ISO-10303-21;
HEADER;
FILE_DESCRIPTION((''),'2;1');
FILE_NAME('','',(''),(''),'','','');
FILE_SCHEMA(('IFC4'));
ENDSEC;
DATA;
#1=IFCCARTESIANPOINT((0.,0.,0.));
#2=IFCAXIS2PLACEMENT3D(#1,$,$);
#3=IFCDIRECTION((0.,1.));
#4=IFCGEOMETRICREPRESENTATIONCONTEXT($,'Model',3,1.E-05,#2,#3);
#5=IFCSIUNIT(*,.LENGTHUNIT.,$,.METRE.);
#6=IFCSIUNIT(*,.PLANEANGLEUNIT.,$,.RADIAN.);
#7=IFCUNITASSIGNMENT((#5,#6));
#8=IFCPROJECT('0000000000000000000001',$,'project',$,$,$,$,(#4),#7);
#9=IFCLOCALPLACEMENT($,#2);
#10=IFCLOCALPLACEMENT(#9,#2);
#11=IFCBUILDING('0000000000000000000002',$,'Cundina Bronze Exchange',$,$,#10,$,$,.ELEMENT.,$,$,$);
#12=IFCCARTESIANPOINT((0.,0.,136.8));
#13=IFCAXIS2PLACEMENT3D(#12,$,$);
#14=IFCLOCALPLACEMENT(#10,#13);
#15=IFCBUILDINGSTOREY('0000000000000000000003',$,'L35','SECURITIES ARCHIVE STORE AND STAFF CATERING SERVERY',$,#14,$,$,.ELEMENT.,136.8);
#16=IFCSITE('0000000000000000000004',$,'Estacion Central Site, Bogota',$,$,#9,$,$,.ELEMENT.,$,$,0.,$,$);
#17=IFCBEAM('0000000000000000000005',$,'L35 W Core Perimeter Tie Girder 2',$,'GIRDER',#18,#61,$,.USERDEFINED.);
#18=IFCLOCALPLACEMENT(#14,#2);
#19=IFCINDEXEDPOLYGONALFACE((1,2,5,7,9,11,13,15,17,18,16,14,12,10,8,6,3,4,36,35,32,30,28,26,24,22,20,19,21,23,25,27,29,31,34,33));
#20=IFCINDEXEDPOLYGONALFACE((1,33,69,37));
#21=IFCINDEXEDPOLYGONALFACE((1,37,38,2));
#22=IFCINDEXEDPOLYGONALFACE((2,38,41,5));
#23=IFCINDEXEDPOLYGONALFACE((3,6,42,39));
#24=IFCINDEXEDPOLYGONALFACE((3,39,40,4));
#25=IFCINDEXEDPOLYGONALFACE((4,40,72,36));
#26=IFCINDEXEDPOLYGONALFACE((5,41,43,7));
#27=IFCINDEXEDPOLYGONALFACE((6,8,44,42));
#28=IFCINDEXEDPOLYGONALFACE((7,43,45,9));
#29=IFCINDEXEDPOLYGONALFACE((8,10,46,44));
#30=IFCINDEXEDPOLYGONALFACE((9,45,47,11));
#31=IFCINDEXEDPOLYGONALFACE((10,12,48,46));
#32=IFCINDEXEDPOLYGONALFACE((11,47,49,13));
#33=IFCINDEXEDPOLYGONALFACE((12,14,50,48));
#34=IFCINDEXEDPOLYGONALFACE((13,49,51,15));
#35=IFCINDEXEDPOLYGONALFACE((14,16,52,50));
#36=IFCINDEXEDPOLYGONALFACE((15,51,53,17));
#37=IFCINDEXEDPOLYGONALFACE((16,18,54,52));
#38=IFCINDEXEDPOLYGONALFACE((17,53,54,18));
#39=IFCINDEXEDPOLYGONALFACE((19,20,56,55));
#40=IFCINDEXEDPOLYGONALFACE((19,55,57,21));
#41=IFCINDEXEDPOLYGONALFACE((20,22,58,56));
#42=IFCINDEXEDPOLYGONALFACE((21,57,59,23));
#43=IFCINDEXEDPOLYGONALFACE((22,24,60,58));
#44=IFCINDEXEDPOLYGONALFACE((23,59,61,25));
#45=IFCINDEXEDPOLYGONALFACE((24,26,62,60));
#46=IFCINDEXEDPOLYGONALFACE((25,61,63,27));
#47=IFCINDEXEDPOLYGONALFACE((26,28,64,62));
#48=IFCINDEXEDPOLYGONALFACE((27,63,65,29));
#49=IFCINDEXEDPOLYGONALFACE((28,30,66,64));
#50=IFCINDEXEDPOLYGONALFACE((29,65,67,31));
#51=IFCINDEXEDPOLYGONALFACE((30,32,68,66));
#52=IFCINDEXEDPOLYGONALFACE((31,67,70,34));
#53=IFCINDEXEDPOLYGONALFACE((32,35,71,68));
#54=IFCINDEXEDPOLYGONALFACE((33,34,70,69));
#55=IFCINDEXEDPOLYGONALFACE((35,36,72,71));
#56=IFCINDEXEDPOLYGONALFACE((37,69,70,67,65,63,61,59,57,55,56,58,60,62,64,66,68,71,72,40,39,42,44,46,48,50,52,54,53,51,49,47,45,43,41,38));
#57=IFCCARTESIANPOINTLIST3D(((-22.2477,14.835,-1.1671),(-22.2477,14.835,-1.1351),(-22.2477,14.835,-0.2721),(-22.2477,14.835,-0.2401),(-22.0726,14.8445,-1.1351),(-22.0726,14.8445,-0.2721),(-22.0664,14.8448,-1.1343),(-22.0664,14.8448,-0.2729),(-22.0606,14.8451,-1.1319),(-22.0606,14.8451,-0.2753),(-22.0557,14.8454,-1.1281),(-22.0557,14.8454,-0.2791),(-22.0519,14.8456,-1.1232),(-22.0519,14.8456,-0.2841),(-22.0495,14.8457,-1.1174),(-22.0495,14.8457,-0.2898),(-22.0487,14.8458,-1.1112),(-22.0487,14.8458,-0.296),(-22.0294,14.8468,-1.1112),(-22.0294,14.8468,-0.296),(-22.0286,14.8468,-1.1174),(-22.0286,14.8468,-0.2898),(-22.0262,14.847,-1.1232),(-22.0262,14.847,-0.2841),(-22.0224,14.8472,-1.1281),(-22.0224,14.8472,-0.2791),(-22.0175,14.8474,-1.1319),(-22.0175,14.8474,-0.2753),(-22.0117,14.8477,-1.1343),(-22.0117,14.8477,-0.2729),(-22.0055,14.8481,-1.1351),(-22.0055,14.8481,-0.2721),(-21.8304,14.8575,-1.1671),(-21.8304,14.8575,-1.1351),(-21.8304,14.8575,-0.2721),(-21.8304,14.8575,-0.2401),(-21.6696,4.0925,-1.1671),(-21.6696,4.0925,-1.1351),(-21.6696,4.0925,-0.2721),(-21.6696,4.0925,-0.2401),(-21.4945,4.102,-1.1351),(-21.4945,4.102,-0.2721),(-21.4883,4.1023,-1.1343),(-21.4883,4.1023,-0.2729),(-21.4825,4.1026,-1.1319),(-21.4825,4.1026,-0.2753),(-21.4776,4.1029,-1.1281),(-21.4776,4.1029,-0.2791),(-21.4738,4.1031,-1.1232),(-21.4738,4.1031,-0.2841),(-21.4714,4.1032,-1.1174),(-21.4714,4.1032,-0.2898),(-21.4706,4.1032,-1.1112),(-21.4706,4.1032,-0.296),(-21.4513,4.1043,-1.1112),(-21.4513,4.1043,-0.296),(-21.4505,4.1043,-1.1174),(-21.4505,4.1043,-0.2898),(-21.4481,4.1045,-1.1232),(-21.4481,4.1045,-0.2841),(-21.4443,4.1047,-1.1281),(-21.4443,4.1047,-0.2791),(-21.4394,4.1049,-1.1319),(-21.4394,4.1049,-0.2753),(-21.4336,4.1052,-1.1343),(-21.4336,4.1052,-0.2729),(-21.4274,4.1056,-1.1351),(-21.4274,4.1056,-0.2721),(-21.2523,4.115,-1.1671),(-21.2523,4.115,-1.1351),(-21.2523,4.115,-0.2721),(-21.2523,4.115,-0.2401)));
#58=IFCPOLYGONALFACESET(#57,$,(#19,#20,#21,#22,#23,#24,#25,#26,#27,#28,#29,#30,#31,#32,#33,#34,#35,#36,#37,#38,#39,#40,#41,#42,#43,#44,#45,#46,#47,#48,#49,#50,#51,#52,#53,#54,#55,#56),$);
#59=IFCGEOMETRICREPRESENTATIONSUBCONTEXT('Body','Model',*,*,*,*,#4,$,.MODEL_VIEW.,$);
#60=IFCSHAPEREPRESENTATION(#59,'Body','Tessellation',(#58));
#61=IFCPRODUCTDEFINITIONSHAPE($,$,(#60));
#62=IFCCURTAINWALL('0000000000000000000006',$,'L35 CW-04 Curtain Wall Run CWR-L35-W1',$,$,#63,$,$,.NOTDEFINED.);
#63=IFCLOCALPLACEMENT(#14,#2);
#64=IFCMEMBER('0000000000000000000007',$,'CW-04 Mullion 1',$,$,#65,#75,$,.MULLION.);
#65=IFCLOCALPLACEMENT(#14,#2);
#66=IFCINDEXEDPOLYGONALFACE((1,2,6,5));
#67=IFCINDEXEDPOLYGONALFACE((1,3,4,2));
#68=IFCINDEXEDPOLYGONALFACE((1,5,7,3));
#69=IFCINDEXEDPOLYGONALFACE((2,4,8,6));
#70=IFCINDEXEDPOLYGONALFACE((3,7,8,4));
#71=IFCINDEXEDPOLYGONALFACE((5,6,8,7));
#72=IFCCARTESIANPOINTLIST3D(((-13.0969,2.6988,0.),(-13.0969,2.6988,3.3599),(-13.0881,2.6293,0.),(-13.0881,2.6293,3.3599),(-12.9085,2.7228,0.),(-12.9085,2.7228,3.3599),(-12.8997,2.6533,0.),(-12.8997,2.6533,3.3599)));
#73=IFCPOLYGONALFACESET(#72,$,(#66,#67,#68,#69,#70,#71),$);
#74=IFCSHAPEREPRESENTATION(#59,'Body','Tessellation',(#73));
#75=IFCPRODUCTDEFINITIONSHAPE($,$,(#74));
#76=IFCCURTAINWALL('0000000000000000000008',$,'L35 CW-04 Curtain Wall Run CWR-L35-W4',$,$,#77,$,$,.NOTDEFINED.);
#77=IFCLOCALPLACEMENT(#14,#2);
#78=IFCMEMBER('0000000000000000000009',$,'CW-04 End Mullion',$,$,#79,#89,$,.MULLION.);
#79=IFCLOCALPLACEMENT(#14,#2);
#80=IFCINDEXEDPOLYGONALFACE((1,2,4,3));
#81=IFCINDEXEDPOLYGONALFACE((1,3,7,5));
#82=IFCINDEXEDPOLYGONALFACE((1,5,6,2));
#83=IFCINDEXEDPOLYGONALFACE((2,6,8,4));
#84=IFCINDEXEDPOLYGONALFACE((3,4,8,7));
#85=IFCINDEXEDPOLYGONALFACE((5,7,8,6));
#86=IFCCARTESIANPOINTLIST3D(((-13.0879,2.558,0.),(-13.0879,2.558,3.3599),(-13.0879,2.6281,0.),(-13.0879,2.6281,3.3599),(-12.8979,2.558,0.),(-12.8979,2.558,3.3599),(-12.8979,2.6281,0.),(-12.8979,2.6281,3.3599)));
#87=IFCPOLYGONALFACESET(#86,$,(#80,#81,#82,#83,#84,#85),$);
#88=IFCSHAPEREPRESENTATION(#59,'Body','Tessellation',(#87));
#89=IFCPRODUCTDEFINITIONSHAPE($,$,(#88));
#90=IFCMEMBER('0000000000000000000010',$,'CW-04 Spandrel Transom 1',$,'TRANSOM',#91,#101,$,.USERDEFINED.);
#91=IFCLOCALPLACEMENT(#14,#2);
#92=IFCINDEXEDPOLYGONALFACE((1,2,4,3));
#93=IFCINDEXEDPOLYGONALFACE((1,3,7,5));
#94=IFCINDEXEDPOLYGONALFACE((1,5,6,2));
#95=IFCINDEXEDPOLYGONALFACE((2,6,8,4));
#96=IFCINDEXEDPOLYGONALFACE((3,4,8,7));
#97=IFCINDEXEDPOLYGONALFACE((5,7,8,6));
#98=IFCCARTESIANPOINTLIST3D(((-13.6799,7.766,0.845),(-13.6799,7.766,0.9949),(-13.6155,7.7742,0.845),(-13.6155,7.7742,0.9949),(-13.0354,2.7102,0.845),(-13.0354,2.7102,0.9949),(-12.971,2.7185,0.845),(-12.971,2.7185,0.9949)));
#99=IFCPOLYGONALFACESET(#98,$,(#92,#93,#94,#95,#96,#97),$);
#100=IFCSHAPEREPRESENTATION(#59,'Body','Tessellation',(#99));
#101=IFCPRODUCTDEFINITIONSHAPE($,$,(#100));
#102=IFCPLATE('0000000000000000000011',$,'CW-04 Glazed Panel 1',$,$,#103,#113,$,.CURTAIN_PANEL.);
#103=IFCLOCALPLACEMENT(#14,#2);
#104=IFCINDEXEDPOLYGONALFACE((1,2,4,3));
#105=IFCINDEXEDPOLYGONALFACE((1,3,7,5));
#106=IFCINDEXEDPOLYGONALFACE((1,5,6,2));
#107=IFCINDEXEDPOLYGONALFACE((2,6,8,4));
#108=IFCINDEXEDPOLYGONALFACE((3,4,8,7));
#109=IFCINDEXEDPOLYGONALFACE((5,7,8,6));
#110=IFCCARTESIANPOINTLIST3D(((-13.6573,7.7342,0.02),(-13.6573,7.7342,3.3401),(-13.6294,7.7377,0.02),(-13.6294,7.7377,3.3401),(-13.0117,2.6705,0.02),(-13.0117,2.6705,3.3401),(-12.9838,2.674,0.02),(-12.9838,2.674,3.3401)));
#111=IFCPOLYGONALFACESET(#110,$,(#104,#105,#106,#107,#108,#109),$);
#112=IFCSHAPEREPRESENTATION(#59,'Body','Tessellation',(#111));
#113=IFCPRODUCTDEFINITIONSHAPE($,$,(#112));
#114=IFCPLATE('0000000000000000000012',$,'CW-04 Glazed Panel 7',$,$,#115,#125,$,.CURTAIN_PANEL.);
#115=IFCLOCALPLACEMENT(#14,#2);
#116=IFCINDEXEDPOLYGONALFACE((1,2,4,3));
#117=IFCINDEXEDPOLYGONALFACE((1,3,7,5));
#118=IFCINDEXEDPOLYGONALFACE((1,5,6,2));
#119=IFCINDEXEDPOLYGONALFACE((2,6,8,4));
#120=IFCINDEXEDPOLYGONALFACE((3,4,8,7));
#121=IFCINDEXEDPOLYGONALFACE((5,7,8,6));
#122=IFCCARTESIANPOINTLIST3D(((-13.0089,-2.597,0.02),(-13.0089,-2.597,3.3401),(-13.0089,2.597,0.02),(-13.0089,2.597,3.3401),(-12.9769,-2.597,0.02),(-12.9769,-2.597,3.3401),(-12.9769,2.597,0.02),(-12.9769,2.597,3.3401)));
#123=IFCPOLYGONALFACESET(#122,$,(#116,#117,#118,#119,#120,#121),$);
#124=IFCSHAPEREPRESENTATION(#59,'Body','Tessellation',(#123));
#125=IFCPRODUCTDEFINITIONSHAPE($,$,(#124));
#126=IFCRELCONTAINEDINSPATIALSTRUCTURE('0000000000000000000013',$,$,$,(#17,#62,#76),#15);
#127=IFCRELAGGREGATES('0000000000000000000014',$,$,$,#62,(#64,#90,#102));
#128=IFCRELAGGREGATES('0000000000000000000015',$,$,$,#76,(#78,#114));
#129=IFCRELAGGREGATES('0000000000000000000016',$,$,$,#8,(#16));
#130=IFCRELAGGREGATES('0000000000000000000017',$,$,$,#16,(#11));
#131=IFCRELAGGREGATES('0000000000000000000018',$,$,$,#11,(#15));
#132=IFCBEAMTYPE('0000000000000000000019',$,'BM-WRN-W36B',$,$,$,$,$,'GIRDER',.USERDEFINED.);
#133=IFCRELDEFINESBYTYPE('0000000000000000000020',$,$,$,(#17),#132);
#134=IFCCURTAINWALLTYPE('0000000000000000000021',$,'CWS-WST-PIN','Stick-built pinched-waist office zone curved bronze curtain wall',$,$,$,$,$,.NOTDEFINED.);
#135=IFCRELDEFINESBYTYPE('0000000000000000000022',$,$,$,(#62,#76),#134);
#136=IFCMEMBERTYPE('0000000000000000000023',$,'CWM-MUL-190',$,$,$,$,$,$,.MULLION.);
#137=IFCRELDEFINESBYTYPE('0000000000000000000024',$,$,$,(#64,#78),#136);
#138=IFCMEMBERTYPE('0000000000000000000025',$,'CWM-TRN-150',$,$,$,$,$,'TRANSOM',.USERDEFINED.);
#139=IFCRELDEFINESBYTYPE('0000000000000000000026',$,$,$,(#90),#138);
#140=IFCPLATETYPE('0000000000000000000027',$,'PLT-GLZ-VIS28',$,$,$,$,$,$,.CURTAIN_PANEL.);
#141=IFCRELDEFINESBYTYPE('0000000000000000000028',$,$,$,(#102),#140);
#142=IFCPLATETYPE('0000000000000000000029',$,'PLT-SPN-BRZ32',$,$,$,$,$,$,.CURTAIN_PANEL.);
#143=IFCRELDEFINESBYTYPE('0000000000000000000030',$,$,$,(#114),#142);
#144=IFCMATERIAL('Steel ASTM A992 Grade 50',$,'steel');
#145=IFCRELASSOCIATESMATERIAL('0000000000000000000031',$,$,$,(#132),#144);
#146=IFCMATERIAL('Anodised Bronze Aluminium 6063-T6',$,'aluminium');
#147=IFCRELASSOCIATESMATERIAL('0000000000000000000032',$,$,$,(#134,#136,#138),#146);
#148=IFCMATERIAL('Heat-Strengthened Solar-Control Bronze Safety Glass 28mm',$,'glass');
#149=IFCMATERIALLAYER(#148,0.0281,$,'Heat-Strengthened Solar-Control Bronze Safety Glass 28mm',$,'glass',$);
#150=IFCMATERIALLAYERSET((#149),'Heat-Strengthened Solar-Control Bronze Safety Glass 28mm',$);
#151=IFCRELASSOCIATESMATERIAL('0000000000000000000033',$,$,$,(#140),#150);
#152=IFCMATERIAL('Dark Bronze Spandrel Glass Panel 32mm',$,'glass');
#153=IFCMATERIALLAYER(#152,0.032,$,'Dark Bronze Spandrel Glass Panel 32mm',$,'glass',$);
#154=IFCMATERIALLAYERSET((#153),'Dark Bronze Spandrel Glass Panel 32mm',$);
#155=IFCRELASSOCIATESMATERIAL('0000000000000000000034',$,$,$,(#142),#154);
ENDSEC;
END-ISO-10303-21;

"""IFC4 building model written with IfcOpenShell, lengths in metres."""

from ifc_helpers import new_model, si_unit, direction, frame, origin, origin_2d, place, context, subcontext, project, spatial, rectangle, i_section, extrude, material, layer, layer_set, material_profile, profile_set, type_object, element, aggregate, save


model = new_model("IFC4")

# Units and contexts
model_context = context("Model", 3, precision=1e-05, world=origin(), true_north=direction((0.0, 1.0)))
body_context = subcontext(model_context, "Body", "Model", "MODEL_VIEW")
ifc_project = project(units=[si_unit("LENGTHUNIT", "METRE"), si_unit("PLANEANGLEUNIT", "RADIAN")], contexts=[model_context])

# Site, building, storey
site_placement = place(None, origin())
site = spatial("IfcSite", under=ifc_project, at=site_placement, Name="Estacion Central Site, Bogota", CompositionType="ELEMENT", RefElevation=0.0)
building_placement = place(site_placement, origin())
building = spatial("IfcBuilding", under=site, at=building_placement, Name="Cundina Bronze Exchange", CompositionType="ELEMENT")
storey_placement = place(building_placement, frame((0.0, 0.0, 136.8)))
storey = spatial("IfcBuildingStorey", under=building, at=storey_placement, Name="L35", Description="SECURITIES ARCHIVE STORE AND STAFF CATERING SERVERY", CompositionType="ELEMENT", Elevation=136.8)

# Shared definitions
ifc_material_1 = material(Name="Steel ASTM A992 Grade 50", Category="steel")

# Beam
ifc_material_profile_1 = material_profile(ifc_material_1, i_section(OverallWidth=0.418, OverallDepth=0.927, WebThickness=0.0193, FlangeThickness=0.032, FilletRadius=0.0239, at=origin_2d()), Name="W36X231", Category="steel")
ifc_profile_set_1 = profile_set([ifc_material_profile_1], Name="Steel ASTM A992 Grade 50")
beam_type_1 = type_object("IfcBeamType", Name="BM-WRN-W36B", ElementType="GIRDER", PredefinedType="USERDEFINED", material=ifc_profile_set_1)
beam_1_placement = place(storey_placement, frame((-21.4609, 4.1038, -0.7036), z_axis=(-0.053739, 0.998555, 0.0), x_axis=(-0.998555, -0.053739, 0.0)))
element("IfcBeam", 1, at=beam_1_placement, inside=storey, type_object=beam_type_1, Name="L35 W Core Perimeter Tie Girder 2", ObjectType="GIRDER", PredefinedType="USERDEFINED", context=body_context, shape_type="SweptSolid", body=[
    extrude(i_section(OverallWidth=0.418, OverallDepth=0.927, WebThickness=0.0193, FlangeThickness=0.032, FilletRadius=0.0239, at=origin_2d()), origin(), (0.0, 0.0, 1.0), 10.7581),
])

# Curtain walls, members
ifc_material_2 = material(Name="Anodised Bronze Aluminium 6063-T6", Category="aluminium")
curtain_wall_type = type_object("IfcCurtainWallType", Name="CWS-WST-PIN", Description="Stick-built pinched-waist office zone curved bronze curtain wall", PredefinedType="NOTDEFINED", material=ifc_material_2)
curtain_wall_1_placement = place(storey_placement, origin())
curtain_wall_1 = element("IfcCurtainWall", 2, at=curtain_wall_1_placement, inside=storey, type_object=curtain_wall_type, Name="L35 CW-04 Curtain Wall Run CWR-L35-W1", PredefinedType="NOTDEFINED")
ifc_material_profile_2 = material_profile(ifc_material_2, rectangle(XDim=0.0701, YDim=0.1899, at=origin_2d()), Name="AL70X190", Category="aluminium")
ifc_profile_set_2 = profile_set([ifc_material_profile_2], Name="Anodised Bronze Aluminium 6063-T6")
member_type_1 = type_object("IfcMemberType", Name="CWM-MUL-190", PredefinedType="MULLION", material=ifc_profile_set_2)
member_1_placement = place(storey_placement, frame((-12.9983, 2.676, 0.0), z_axis=(0.0, 0.0, 1.0), x_axis=(-0.126545, 0.991961, 0.0)))
member_1 = element("IfcMember", 3, at=member_1_placement, type_object=member_type_1, Name="CW-04 Mullion 1", PredefinedType="MULLION", context=body_context, shape_type="SweptSolid", body=[
    extrude(rectangle(XDim=0.0701, YDim=0.1899, at=origin_2d()), origin(), (0.0, 0.0, 1.0), 3.3599),
])
curtain_wall_2_placement = place(storey_placement, origin())
curtain_wall_2 = element("IfcCurtainWall", 4, at=curtain_wall_2_placement, inside=storey, type_object=curtain_wall_type, Name="L35 CW-04 Curtain Wall Run CWR-L35-W4", PredefinedType="NOTDEFINED")
member_2_placement = place(storey_placement, frame((-12.9929, 2.593, 0.0), z_axis=(0.0, 0.0, 1.0), x_axis=(0.0, 1.0, 0.0)))
member_2 = element("IfcMember", 5, at=member_2_placement, type_object=member_type_1, Name="CW-04 End Mullion", PredefinedType="MULLION", context=body_context, shape_type="SweptSolid", body=[
    extrude(rectangle(XDim=0.0701, YDim=0.1899, at=origin_2d()), origin(), (0.0, 0.0, 1.0), 3.3599),
])

# Member
ifc_material_profile_3 = material_profile(ifc_material_2, rectangle(XDim=0.0649, YDim=0.1499, at=origin_2d()), Name="AL65X150", Category="aluminium")
ifc_profile_set_3 = profile_set([ifc_material_profile_3], Name="Anodised Bronze Aluminium 6063-T6")
member_type_2 = type_object("IfcMemberType", Name="CWM-TRN-150", ElementType="TRANSOM", PredefinedType="USERDEFINED", material=ifc_profile_set_3)
member_3_placement = place(storey_placement, frame((-13.0032, 2.7144, 0.9199), z_axis=(-0.126463, 0.991971, 0.0), x_axis=(-0.991971, -0.126463, 0.0)))
member_3 = element("IfcMember", 6, at=member_3_placement, type_object=member_type_2, Name="CW-04 Spandrel Transom 1", ObjectType="TRANSOM", PredefinedType="USERDEFINED", context=body_context, shape_type="SweptSolid", body=[
    extrude(rectangle(XDim=0.0649, YDim=0.1499, at=origin_2d()), origin(), (0.0, 0.0, 1.0), 5.0967),
])

# Plates
ifc_material_3 = material(Name="Heat-Strengthened Solar-Control Bronze Safety Glass 28mm", Category="glass")
ifc_layer_1 = layer(ifc_material_3, 0.0281, Name="Heat-Strengthened Solar-Control Bronze Safety Glass 28mm", Category="glass")
ifc_layer_set_1 = layer_set([ifc_layer_1], Name="Heat-Strengthened Solar-Control Bronze Safety Glass 28mm")
plate_type_1 = type_object("IfcPlateType", Name="PLT-GLZ-VIS28", PredefinedType="CURTAIN_PANEL", material=ifc_layer_set_1)
plate_1_placement = place(storey_placement, frame((-13.3206, 5.2041, 0.02), z_axis=(0.0, 0.0, 1.0), x_axis=(-0.126476, 0.99197, 0.0)))
plate_1 = element("IfcPlate", 7, at=plate_1_placement, type_object=plate_type_1, Name="CW-04 Glazed Panel 1", PredefinedType="CURTAIN_PANEL", context=body_context, shape_type="SweptSolid", body=[
    extrude(rectangle(XDim=5.1047, YDim=0.0281, at=origin_2d()), origin(), (0.0, 0.0, 1.0), 3.3201),
])
aggregate(curtain_wall_1, [member_1, member_3, plate_1])
ifc_material_4 = material(Name="Dark Bronze Spandrel Glass Panel 32mm", Category="glass")
ifc_layer_2 = layer(ifc_material_4, 0.032, Name="Dark Bronze Spandrel Glass Panel 32mm", Category="glass")
ifc_layer_set_2 = layer_set([ifc_layer_2], Name="Dark Bronze Spandrel Glass Panel 32mm")
plate_type_2 = type_object("IfcPlateType", Name="PLT-SPN-BRZ32", PredefinedType="CURTAIN_PANEL", material=ifc_layer_set_2)
plate_2_placement = place(storey_placement, frame((-12.9929, 0.0, 0.02), z_axis=(0.0, 0.0, 1.0), x_axis=(0.0, 1.0, 0.0)))
plate_2 = element("IfcPlate", 8, at=plate_2_placement, type_object=plate_type_2, Name="CW-04 Glazed Panel 7", PredefinedType="CURTAIN_PANEL", context=body_context, shape_type="SweptSolid", body=[
    extrude(rectangle(XDim=5.1941, YDim=0.032, at=origin_2d()), origin(), (0.0, 0.0, 1.0), 3.3201),
])
aggregate(curtain_wall_2, [member_2, plate_2])

save(model, "model.ifc")
